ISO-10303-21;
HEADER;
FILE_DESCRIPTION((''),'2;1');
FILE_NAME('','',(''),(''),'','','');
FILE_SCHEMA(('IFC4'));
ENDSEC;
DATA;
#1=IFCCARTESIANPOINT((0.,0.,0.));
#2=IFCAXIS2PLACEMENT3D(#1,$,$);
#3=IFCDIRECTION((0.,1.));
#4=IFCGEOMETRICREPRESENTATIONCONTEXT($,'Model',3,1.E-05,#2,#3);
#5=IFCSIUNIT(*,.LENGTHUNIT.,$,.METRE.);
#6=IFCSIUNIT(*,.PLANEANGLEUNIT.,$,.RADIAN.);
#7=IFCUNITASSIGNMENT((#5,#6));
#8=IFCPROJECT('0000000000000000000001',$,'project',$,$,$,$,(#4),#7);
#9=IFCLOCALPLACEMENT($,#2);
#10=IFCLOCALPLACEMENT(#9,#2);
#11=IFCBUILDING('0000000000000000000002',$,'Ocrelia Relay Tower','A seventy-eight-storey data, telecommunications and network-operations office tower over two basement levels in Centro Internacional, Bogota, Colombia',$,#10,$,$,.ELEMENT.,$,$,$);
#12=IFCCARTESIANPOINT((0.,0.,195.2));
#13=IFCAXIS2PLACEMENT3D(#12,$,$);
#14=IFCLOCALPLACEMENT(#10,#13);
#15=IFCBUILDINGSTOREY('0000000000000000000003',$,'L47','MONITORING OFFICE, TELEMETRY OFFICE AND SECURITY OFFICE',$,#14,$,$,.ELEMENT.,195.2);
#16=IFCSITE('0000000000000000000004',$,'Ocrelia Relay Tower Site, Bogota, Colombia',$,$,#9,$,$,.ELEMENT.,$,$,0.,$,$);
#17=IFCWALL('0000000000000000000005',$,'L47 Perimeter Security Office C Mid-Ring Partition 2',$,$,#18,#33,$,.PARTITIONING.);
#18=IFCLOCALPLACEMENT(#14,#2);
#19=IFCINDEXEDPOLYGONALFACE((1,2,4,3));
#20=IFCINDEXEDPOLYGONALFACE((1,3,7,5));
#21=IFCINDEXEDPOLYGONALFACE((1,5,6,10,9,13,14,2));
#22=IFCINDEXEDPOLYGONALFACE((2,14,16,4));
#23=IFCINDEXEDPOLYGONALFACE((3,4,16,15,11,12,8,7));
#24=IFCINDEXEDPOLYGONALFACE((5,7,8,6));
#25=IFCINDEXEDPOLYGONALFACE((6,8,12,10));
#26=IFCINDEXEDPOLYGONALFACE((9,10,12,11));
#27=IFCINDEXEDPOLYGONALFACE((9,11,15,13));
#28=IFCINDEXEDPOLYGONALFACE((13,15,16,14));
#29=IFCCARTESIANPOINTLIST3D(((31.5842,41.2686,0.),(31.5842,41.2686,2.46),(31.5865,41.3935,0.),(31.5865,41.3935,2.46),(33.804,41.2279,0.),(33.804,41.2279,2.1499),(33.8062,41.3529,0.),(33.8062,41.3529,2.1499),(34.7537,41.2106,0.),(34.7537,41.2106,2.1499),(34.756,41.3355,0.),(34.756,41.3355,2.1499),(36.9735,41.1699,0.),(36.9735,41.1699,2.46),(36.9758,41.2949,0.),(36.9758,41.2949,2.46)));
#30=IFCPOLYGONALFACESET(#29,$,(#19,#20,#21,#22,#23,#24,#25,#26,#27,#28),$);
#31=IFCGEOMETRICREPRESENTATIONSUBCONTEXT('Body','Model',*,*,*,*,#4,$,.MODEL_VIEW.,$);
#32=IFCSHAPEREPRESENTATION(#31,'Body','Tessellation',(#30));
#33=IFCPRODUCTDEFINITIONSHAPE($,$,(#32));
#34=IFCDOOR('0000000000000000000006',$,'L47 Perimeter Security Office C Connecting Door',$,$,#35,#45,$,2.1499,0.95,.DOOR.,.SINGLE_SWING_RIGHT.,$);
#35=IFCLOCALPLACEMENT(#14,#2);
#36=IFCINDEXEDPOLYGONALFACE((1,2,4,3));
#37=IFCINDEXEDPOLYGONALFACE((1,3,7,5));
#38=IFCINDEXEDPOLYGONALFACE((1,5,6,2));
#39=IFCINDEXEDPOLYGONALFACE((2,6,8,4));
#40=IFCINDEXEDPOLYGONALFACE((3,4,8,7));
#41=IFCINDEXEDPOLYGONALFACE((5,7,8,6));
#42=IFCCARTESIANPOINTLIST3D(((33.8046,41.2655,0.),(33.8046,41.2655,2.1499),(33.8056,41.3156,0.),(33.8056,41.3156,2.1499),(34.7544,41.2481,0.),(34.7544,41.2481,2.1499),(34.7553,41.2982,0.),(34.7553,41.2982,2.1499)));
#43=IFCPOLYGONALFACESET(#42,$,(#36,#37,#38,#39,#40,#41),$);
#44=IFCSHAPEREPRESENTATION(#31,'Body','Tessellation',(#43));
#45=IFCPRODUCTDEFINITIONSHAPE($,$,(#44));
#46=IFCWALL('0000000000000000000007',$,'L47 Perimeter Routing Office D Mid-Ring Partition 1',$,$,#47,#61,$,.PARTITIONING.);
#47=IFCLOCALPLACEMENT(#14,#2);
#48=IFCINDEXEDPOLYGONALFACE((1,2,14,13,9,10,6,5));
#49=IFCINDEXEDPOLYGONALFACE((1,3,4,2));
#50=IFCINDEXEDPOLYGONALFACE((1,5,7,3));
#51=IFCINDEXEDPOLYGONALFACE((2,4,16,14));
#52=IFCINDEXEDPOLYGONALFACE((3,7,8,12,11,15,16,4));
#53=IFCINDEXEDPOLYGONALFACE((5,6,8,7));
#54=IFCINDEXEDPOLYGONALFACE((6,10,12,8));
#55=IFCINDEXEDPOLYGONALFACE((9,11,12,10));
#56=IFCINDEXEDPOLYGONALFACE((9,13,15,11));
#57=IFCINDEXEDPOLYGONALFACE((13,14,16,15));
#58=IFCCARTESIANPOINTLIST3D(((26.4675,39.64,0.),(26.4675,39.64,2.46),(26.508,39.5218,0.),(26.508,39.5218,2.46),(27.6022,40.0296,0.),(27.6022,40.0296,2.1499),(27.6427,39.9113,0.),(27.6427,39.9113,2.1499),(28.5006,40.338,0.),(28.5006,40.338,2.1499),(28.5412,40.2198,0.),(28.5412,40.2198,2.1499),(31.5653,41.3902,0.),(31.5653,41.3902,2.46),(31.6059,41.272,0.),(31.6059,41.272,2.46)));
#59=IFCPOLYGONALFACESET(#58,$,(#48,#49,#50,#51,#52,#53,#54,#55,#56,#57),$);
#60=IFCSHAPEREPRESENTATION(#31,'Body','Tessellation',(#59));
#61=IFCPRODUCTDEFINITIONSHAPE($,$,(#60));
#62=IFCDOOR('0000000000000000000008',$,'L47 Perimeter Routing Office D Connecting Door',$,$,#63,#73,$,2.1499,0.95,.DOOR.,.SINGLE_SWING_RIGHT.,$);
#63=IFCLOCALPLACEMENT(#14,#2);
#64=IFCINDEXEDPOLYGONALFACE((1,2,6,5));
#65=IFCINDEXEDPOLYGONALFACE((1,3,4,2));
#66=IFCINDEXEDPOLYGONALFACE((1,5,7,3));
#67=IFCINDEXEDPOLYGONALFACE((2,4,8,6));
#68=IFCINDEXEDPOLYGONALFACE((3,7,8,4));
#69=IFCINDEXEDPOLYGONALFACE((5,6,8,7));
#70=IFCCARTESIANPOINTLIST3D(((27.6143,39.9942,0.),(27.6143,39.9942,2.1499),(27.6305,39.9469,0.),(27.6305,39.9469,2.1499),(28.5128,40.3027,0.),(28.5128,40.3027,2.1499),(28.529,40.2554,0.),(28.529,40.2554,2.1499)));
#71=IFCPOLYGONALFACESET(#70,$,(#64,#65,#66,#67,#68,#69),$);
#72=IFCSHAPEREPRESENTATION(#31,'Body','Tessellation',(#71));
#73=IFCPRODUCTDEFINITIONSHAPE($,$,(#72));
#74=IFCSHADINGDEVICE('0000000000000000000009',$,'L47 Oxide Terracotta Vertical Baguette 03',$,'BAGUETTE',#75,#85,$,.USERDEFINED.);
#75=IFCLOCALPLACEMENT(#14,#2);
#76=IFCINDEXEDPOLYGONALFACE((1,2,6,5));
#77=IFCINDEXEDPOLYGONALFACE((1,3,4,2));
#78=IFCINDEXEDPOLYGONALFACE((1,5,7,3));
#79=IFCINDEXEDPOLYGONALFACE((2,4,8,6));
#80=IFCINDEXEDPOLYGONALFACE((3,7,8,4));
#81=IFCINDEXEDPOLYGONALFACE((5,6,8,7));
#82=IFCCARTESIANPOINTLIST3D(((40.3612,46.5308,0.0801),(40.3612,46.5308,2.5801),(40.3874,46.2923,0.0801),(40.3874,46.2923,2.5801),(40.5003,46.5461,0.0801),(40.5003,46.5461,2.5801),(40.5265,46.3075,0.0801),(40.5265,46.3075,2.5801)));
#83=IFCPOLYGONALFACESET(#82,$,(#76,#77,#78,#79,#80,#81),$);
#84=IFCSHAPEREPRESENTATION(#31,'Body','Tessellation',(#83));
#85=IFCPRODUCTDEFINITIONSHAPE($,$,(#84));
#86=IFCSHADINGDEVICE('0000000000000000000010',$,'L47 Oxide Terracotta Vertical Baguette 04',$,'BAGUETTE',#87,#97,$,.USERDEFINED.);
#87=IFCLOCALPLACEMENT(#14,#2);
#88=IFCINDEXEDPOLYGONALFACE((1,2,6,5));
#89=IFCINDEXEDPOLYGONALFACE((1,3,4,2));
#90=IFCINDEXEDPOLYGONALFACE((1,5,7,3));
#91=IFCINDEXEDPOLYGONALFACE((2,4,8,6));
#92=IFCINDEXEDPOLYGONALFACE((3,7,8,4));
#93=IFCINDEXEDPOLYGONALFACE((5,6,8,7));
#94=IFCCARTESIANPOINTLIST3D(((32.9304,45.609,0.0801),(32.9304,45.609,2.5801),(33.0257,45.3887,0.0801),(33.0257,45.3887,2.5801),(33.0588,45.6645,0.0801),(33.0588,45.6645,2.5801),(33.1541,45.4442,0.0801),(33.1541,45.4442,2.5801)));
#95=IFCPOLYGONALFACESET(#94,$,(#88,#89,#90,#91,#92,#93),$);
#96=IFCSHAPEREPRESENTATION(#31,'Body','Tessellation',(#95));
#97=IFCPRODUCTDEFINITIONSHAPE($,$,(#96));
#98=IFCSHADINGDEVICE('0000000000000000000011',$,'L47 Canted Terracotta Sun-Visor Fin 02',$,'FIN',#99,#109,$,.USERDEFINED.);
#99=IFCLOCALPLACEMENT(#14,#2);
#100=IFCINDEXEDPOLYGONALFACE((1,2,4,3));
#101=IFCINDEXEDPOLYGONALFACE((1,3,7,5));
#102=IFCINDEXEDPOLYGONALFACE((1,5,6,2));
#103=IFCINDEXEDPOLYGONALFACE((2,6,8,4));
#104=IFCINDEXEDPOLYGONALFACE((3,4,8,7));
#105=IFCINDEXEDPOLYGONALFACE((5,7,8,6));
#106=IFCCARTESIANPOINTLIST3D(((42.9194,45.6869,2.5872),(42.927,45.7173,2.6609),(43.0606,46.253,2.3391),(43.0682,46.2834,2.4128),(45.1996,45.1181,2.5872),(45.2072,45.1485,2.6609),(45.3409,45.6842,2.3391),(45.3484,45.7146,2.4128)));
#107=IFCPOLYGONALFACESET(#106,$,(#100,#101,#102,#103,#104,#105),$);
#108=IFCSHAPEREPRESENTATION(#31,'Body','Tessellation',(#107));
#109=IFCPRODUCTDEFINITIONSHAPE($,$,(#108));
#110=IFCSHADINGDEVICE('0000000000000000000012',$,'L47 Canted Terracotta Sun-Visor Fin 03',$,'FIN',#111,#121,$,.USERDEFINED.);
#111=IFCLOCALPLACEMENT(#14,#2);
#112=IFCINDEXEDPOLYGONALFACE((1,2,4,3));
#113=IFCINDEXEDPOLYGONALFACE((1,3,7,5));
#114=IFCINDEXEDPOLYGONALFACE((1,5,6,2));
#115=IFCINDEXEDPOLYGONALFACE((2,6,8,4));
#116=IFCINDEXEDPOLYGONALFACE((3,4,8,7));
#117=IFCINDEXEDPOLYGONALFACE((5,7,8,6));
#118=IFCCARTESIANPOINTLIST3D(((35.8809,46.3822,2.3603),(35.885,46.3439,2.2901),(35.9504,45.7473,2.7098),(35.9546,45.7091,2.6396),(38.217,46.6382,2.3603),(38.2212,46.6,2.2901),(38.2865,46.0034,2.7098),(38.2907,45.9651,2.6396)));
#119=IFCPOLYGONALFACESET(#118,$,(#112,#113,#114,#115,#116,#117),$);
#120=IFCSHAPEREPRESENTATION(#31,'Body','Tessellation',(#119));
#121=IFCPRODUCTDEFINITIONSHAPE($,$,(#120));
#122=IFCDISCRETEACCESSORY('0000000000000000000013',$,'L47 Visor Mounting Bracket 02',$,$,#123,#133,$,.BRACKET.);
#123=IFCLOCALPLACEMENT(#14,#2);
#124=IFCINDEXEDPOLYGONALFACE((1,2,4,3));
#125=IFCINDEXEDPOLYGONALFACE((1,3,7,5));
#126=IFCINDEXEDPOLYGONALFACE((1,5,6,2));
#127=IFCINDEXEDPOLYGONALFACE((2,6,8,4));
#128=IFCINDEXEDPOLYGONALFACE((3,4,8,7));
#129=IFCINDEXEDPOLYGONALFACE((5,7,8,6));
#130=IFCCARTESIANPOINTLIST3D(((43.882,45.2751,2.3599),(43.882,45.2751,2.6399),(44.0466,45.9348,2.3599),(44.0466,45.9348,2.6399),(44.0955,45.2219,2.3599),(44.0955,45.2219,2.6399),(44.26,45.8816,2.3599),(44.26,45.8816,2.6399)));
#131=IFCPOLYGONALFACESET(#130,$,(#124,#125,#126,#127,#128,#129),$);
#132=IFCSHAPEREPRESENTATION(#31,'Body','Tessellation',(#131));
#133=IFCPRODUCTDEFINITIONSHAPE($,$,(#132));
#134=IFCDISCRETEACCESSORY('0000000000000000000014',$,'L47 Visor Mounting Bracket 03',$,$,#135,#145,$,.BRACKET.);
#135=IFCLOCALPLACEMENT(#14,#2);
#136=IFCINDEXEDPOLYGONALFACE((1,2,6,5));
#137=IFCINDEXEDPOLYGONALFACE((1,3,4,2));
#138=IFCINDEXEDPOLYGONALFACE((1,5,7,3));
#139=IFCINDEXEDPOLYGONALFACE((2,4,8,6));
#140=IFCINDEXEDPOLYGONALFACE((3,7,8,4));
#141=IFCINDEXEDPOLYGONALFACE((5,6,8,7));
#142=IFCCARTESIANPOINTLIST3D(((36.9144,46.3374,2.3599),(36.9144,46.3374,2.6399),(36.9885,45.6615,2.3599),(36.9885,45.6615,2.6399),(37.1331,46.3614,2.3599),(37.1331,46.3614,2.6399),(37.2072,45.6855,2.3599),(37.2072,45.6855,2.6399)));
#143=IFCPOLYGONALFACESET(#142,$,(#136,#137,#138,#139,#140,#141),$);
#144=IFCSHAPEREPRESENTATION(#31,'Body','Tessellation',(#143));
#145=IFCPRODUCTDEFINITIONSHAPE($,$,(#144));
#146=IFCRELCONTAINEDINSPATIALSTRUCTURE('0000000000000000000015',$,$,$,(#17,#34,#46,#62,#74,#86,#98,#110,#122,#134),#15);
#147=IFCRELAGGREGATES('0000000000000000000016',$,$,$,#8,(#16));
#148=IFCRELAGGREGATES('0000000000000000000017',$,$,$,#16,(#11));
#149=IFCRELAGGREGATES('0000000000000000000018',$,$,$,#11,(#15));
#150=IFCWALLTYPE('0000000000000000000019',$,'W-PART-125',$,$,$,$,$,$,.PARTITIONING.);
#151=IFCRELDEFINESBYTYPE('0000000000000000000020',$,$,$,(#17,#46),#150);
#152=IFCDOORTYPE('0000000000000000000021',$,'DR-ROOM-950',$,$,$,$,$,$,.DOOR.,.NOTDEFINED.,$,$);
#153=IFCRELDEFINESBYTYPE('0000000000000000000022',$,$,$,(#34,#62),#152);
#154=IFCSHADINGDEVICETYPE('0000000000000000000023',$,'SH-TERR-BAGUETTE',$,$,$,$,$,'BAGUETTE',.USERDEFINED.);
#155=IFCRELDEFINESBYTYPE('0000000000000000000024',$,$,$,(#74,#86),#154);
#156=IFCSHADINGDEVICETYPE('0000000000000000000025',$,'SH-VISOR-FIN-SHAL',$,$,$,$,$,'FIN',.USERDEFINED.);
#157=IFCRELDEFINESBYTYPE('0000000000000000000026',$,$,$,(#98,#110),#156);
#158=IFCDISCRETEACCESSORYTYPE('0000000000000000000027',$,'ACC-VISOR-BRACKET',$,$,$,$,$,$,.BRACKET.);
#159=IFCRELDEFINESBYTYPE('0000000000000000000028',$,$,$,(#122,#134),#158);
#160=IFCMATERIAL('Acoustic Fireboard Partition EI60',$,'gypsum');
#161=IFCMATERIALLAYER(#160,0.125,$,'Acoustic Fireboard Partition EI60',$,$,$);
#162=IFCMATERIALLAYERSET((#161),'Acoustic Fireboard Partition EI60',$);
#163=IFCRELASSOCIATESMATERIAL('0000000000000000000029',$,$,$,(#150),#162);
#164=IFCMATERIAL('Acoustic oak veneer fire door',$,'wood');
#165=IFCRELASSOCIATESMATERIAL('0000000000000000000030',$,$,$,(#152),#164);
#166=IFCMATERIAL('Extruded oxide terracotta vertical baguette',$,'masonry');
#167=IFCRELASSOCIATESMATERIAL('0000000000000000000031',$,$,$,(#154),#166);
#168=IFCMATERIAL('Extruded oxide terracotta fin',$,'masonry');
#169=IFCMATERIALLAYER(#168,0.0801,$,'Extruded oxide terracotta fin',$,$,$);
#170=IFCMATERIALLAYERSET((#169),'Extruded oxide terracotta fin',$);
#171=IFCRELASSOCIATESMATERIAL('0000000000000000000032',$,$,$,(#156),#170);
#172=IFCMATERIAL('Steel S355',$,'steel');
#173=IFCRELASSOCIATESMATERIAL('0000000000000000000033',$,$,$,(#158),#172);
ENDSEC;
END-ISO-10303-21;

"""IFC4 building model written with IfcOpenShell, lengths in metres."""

from ifc_helpers import new_model, si_unit, direction, frame, frame_2d, origin, origin_2d, place, context, subcontext, project, spatial, rectangle, extrude, material, layer, layer_set, type_object, element, fill, save


model = new_model("IFC4")

# Units and contexts
model_context = context("Model", 3, precision=1e-05, world=origin(), true_north=direction((0.0, 1.0)))
body_context = subcontext(model_context, "Body", "Model", "MODEL_VIEW")
ifc_project = project(units=[si_unit("LENGTHUNIT", "METRE"), si_unit("PLANEANGLEUNIT", "RADIAN")], contexts=[model_context])

# Site, building, storey
site_placement = place(None, origin())
site = spatial("IfcSite", under=ifc_project, at=site_placement, Name="Ocrelia Relay Tower Site, Bogota, Colombia", CompositionType="ELEMENT", RefElevation=0.0)
building_placement = place(site_placement, origin())
building = spatial("IfcBuilding", under=site, at=building_placement, Name="Ocrelia Relay Tower", Description="A seventy-eight-storey data, telecommunications and network-operations office tower over two basement levels in Centro Internacional, Bogota, Colombia", CompositionType="ELEMENT")
storey_placement = place(building_placement, frame((0.0, 0.0, 195.2)))
storey = spatial("IfcBuildingStorey", under=building, at=storey_placement, Name="L47", Description="MONITORING OFFICE, TELEMETRY OFFICE AND SECURITY OFFICE", CompositionType="ELEMENT", Elevation=195.2)

# Shared definitions
ifc_material_1 = material(Name="Steel S355", Category="steel")

# Shared definitions
ifc_material_2 = material(Name="Acoustic oak veneer fire door", Category="wood")

# Shared definitions
ifc_material_3 = material(Name="Acoustic Fireboard Partition EI60", Category="gypsum")
ifc_layer_1 = layer(ifc_material_3, 0.125, Name="Acoustic Fireboard Partition EI60")
ifc_layer_set_1 = layer_set([ifc_layer_1], Name="Acoustic Fireboard Partition EI60")
wall_type_1 = type_object("IfcWallType", Name="W-PART-125", PredefinedType="PARTITIONING", material=ifc_layer_set_1)

# Walls, openings, doors
wall_1_placement = place(storey_placement, frame((36.9746, 41.2324, 0.0), z_axis=(0.0, 0.0, 1.0), x_axis=(-0.999833, 0.018299, 0.0)))
wall_1 = element("IfcWall", 1, at=wall_1_placement, inside=storey, type_object=wall_type_1, Name="L47 Perimeter Security Office C Mid-Ring Partition 2", PredefinedType="PARTITIONING", context=body_context, shape_type="SweptSolid", body=[
    extrude(rectangle(XDim=5.3901, YDim=0.125, at=frame_2d((2.6951, 0.0))), origin(), (0.0, 0.0, 1.0), 2.46),
])
opening_1_placement = place(wall_1_placement, frame((2.22, 0.0, 0.0)))
opening_1 = element("IfcOpeningElement", 2, at=opening_1_placement, cuts=wall_1, PredefinedType="OPENING", context=body_context, shape_type="SweptSolid", body=[
    extrude(rectangle(XDim=0.95, YDim=2.1499, at=frame_2d((0.4751, 1.075))), frame((0.0, 0.0725, 0.0), z_axis=(0.0, -1.0, 0.0), x_axis=(1.0, 0.0, 0.0)), (0.0, 0.0, 1.0), 0.145),
])
door_type_1 = type_object("IfcDoorType", Name="DR-ROOM-950", OperationType="NOTDEFINED", PredefinedType="DOOR", material=ifc_material_2)
door_1_placement = place(opening_1_placement, origin())
door_1 = element("IfcDoor", 3, at=door_1_placement, inside=storey, type_object=door_type_1, Name="L47 Perimeter Security Office C Connecting Door", OperationType="SINGLE_SWING_RIGHT", OverallHeight=2.1499, OverallWidth=0.95, PredefinedType="DOOR", context=body_context, shape_type="SweptSolid", body=[
    extrude(rectangle(XDim=0.95, YDim=2.1499, at=frame_2d((0.4751, 1.075))), frame((0.0, 0.0249, 0.0), z_axis=(0.0, -1.0, 0.0), x_axis=(1.0, 0.0, 0.0)), (0.0, 0.0, 1.0), 0.05),
])
fill(opening_1, door_1)
wall_2_placement = place(storey_placement, frame((31.5854, 41.3311, 0.0), z_axis=(0.0, 0.0, 1.0), x_axis=(-0.94581, -0.324721, 0.0)))
wall_2 = element("IfcWall", 4, at=wall_2_placement, inside=storey, type_object=wall_type_1, Name="L47 Perimeter Routing Office D Mid-Ring Partition 1", PredefinedType="PARTITIONING", context=body_context, shape_type="SweptSolid", body=[
    extrude(rectangle(XDim=5.3899, YDim=0.125, at=frame_2d((2.6948, 0.0))), origin(), (0.0, 0.0, 1.0), 2.46),
])
opening_2_placement = place(wall_2_placement, frame((3.24, 0.0, 0.0)))
opening_2 = element("IfcOpeningElement", 5, at=opening_2_placement, cuts=wall_2, PredefinedType="OPENING", context=body_context, shape_type="SweptSolid", body=[
    extrude(rectangle(XDim=0.95, YDim=2.1499, at=frame_2d((0.4751, 1.075))), frame((0.0, 0.0725, 0.0), z_axis=(0.0, -1.0, 0.0), x_axis=(1.0, 0.0, 0.0)), (0.0, 0.0, 1.0), 0.145),
])
door_2_placement = place(opening_2_placement, origin())
door_2 = element("IfcDoor", 6, at=door_2_placement, inside=storey, type_object=door_type_1, Name="L47 Perimeter Routing Office D Connecting Door", OperationType="SINGLE_SWING_RIGHT", OverallHeight=2.1499, OverallWidth=0.95, PredefinedType="DOOR", context=body_context, shape_type="SweptSolid", body=[
    extrude(rectangle(XDim=0.95, YDim=2.1499, at=frame_2d((0.4751, 1.075))), frame((0.0, 0.0249, 0.0), z_axis=(0.0, -1.0, 0.0), x_axis=(1.0, 0.0, 0.0)), (0.0, 0.0, 1.0), 0.05),
])
fill(opening_2, door_2)

# Shading devices
ifc_material_4 = material(Name="Extruded oxide terracotta vertical baguette", Category="masonry")
shading_device_type_1 = type_object("IfcShadingDeviceType", Name="SH-TERR-BAGUETTE", ElementType="BAGUETTE", PredefinedType="USERDEFINED", material=ifc_material_4)
for number, where, z_axis, x_axis, name in (
    (7, (40.4438, 46.4192, 0.0801), (0.0, 0.0, 1.0), (-0.994047, -0.108955, 0.0), "L47 Oxide Terracotta Vertical Baguette 03"),
    (8, (33.0422, 45.5266, 0.0801), (0.0, 0.0, 1.0), (-0.917816, -0.397006, 0.0), "L47 Oxide Terracotta Vertical Baguette 04"),
):
    element("IfcShadingDevice", number, at=place(storey_placement, frame(where, z_axis=z_axis, x_axis=x_axis)), inside=storey, type_object=shading_device_type_1, Name=name, ObjectType="BAGUETTE", PredefinedType="USERDEFINED", context=body_context, shape_type="SweptSolid", body=[
        extrude(rectangle(XDim=0.1399, YDim=0.24, at=origin_2d()), origin(), (0.0, 0.0, 1.0), 2.5),
    ])
ifc_material_5 = material(Name="Extruded oxide terracotta fin", Category="masonry")
ifc_layer_2 = layer(ifc_material_5, 0.0801, Name="Extruded oxide terracotta fin")
ifc_layer_set_2 = layer_set([ifc_layer_2], Name="Extruded oxide terracotta fin")
shading_device_type_2 = type_object("IfcShadingDeviceType", Name="SH-VISOR-FIN-SHAL", ElementType="FIN", PredefinedType="USERDEFINED", material=ifc_layer_set_2)
shading_device_1_placement = place(storey_placement, frame((44.1301, 45.6855, 2.4631), z_axis=(0.094685, 0.379582, 0.9203), x_axis=(-0.970269, 0.24203, 0.0)))
element("IfcShadingDevice", 9, at=shading_device_1_placement, inside=storey, type_object=shading_device_type_2, Name="L47 Canted Terracotta Sun-Visor Fin 02", ObjectType="FIN", PredefinedType="USERDEFINED", context=body_context, shape_type="SweptSolid", body=[
    extrude(rectangle(XDim=2.3501, YDim=0.634, at=origin_2d()), origin(), (0.0, 0.0, 1.0), 0.0801),
])
shading_device_2_placement = place(storey_placement, frame((37.0879, 46.1545, 2.4648), z_axis=(-0.052306, 0.477212, 0.87723), x_axis=(-0.994047, -0.108955, 0.0)))
element("IfcShadingDevice", 10, at=shading_device_2_placement, inside=storey, type_object=shading_device_type_2, Name="L47 Canted Terracotta Sun-Visor Fin 03", ObjectType="FIN", PredefinedType="USERDEFINED", context=body_context, shape_type="SweptSolid", body=[
    extrude(rectangle(XDim=2.3501, YDim=0.728, at=origin_2d()), origin(), (0.0, 0.0, 1.0), 0.0801),
])

# Discrete accessories
discrete_accessory_type = type_object("IfcDiscreteAccessoryType", Name="ACC-VISOR-BRACKET", PredefinedType="BRACKET", material=ifc_material_1)
for number, where, z_axis, x_axis, name in (
    (11, (44.071, 45.5784, 2.3599), (0.0, 0.0, 1.0), (-0.970269, 0.24203, 0.0), "L47 Visor Mounting Bracket 02"),
    (12, (37.0608, 46.0115, 2.3599), (0.0, 0.0, 1.0), (-0.994047, -0.108955, 0.0), "L47 Visor Mounting Bracket 03"),
):
    element("IfcDiscreteAccessory", number, at=place(storey_placement, frame(where, z_axis=z_axis, x_axis=x_axis)), inside=storey, type_object=discrete_accessory_type, Name=name, PredefinedType="BRACKET", context=body_context, shape_type="SweptSolid", body=[
        extrude(rectangle(XDim=0.22, YDim=0.6799, at=origin_2d()), origin(), (0.0, 0.0, 1.0), 0.28),
    ])

save(model, "model.ifc")
